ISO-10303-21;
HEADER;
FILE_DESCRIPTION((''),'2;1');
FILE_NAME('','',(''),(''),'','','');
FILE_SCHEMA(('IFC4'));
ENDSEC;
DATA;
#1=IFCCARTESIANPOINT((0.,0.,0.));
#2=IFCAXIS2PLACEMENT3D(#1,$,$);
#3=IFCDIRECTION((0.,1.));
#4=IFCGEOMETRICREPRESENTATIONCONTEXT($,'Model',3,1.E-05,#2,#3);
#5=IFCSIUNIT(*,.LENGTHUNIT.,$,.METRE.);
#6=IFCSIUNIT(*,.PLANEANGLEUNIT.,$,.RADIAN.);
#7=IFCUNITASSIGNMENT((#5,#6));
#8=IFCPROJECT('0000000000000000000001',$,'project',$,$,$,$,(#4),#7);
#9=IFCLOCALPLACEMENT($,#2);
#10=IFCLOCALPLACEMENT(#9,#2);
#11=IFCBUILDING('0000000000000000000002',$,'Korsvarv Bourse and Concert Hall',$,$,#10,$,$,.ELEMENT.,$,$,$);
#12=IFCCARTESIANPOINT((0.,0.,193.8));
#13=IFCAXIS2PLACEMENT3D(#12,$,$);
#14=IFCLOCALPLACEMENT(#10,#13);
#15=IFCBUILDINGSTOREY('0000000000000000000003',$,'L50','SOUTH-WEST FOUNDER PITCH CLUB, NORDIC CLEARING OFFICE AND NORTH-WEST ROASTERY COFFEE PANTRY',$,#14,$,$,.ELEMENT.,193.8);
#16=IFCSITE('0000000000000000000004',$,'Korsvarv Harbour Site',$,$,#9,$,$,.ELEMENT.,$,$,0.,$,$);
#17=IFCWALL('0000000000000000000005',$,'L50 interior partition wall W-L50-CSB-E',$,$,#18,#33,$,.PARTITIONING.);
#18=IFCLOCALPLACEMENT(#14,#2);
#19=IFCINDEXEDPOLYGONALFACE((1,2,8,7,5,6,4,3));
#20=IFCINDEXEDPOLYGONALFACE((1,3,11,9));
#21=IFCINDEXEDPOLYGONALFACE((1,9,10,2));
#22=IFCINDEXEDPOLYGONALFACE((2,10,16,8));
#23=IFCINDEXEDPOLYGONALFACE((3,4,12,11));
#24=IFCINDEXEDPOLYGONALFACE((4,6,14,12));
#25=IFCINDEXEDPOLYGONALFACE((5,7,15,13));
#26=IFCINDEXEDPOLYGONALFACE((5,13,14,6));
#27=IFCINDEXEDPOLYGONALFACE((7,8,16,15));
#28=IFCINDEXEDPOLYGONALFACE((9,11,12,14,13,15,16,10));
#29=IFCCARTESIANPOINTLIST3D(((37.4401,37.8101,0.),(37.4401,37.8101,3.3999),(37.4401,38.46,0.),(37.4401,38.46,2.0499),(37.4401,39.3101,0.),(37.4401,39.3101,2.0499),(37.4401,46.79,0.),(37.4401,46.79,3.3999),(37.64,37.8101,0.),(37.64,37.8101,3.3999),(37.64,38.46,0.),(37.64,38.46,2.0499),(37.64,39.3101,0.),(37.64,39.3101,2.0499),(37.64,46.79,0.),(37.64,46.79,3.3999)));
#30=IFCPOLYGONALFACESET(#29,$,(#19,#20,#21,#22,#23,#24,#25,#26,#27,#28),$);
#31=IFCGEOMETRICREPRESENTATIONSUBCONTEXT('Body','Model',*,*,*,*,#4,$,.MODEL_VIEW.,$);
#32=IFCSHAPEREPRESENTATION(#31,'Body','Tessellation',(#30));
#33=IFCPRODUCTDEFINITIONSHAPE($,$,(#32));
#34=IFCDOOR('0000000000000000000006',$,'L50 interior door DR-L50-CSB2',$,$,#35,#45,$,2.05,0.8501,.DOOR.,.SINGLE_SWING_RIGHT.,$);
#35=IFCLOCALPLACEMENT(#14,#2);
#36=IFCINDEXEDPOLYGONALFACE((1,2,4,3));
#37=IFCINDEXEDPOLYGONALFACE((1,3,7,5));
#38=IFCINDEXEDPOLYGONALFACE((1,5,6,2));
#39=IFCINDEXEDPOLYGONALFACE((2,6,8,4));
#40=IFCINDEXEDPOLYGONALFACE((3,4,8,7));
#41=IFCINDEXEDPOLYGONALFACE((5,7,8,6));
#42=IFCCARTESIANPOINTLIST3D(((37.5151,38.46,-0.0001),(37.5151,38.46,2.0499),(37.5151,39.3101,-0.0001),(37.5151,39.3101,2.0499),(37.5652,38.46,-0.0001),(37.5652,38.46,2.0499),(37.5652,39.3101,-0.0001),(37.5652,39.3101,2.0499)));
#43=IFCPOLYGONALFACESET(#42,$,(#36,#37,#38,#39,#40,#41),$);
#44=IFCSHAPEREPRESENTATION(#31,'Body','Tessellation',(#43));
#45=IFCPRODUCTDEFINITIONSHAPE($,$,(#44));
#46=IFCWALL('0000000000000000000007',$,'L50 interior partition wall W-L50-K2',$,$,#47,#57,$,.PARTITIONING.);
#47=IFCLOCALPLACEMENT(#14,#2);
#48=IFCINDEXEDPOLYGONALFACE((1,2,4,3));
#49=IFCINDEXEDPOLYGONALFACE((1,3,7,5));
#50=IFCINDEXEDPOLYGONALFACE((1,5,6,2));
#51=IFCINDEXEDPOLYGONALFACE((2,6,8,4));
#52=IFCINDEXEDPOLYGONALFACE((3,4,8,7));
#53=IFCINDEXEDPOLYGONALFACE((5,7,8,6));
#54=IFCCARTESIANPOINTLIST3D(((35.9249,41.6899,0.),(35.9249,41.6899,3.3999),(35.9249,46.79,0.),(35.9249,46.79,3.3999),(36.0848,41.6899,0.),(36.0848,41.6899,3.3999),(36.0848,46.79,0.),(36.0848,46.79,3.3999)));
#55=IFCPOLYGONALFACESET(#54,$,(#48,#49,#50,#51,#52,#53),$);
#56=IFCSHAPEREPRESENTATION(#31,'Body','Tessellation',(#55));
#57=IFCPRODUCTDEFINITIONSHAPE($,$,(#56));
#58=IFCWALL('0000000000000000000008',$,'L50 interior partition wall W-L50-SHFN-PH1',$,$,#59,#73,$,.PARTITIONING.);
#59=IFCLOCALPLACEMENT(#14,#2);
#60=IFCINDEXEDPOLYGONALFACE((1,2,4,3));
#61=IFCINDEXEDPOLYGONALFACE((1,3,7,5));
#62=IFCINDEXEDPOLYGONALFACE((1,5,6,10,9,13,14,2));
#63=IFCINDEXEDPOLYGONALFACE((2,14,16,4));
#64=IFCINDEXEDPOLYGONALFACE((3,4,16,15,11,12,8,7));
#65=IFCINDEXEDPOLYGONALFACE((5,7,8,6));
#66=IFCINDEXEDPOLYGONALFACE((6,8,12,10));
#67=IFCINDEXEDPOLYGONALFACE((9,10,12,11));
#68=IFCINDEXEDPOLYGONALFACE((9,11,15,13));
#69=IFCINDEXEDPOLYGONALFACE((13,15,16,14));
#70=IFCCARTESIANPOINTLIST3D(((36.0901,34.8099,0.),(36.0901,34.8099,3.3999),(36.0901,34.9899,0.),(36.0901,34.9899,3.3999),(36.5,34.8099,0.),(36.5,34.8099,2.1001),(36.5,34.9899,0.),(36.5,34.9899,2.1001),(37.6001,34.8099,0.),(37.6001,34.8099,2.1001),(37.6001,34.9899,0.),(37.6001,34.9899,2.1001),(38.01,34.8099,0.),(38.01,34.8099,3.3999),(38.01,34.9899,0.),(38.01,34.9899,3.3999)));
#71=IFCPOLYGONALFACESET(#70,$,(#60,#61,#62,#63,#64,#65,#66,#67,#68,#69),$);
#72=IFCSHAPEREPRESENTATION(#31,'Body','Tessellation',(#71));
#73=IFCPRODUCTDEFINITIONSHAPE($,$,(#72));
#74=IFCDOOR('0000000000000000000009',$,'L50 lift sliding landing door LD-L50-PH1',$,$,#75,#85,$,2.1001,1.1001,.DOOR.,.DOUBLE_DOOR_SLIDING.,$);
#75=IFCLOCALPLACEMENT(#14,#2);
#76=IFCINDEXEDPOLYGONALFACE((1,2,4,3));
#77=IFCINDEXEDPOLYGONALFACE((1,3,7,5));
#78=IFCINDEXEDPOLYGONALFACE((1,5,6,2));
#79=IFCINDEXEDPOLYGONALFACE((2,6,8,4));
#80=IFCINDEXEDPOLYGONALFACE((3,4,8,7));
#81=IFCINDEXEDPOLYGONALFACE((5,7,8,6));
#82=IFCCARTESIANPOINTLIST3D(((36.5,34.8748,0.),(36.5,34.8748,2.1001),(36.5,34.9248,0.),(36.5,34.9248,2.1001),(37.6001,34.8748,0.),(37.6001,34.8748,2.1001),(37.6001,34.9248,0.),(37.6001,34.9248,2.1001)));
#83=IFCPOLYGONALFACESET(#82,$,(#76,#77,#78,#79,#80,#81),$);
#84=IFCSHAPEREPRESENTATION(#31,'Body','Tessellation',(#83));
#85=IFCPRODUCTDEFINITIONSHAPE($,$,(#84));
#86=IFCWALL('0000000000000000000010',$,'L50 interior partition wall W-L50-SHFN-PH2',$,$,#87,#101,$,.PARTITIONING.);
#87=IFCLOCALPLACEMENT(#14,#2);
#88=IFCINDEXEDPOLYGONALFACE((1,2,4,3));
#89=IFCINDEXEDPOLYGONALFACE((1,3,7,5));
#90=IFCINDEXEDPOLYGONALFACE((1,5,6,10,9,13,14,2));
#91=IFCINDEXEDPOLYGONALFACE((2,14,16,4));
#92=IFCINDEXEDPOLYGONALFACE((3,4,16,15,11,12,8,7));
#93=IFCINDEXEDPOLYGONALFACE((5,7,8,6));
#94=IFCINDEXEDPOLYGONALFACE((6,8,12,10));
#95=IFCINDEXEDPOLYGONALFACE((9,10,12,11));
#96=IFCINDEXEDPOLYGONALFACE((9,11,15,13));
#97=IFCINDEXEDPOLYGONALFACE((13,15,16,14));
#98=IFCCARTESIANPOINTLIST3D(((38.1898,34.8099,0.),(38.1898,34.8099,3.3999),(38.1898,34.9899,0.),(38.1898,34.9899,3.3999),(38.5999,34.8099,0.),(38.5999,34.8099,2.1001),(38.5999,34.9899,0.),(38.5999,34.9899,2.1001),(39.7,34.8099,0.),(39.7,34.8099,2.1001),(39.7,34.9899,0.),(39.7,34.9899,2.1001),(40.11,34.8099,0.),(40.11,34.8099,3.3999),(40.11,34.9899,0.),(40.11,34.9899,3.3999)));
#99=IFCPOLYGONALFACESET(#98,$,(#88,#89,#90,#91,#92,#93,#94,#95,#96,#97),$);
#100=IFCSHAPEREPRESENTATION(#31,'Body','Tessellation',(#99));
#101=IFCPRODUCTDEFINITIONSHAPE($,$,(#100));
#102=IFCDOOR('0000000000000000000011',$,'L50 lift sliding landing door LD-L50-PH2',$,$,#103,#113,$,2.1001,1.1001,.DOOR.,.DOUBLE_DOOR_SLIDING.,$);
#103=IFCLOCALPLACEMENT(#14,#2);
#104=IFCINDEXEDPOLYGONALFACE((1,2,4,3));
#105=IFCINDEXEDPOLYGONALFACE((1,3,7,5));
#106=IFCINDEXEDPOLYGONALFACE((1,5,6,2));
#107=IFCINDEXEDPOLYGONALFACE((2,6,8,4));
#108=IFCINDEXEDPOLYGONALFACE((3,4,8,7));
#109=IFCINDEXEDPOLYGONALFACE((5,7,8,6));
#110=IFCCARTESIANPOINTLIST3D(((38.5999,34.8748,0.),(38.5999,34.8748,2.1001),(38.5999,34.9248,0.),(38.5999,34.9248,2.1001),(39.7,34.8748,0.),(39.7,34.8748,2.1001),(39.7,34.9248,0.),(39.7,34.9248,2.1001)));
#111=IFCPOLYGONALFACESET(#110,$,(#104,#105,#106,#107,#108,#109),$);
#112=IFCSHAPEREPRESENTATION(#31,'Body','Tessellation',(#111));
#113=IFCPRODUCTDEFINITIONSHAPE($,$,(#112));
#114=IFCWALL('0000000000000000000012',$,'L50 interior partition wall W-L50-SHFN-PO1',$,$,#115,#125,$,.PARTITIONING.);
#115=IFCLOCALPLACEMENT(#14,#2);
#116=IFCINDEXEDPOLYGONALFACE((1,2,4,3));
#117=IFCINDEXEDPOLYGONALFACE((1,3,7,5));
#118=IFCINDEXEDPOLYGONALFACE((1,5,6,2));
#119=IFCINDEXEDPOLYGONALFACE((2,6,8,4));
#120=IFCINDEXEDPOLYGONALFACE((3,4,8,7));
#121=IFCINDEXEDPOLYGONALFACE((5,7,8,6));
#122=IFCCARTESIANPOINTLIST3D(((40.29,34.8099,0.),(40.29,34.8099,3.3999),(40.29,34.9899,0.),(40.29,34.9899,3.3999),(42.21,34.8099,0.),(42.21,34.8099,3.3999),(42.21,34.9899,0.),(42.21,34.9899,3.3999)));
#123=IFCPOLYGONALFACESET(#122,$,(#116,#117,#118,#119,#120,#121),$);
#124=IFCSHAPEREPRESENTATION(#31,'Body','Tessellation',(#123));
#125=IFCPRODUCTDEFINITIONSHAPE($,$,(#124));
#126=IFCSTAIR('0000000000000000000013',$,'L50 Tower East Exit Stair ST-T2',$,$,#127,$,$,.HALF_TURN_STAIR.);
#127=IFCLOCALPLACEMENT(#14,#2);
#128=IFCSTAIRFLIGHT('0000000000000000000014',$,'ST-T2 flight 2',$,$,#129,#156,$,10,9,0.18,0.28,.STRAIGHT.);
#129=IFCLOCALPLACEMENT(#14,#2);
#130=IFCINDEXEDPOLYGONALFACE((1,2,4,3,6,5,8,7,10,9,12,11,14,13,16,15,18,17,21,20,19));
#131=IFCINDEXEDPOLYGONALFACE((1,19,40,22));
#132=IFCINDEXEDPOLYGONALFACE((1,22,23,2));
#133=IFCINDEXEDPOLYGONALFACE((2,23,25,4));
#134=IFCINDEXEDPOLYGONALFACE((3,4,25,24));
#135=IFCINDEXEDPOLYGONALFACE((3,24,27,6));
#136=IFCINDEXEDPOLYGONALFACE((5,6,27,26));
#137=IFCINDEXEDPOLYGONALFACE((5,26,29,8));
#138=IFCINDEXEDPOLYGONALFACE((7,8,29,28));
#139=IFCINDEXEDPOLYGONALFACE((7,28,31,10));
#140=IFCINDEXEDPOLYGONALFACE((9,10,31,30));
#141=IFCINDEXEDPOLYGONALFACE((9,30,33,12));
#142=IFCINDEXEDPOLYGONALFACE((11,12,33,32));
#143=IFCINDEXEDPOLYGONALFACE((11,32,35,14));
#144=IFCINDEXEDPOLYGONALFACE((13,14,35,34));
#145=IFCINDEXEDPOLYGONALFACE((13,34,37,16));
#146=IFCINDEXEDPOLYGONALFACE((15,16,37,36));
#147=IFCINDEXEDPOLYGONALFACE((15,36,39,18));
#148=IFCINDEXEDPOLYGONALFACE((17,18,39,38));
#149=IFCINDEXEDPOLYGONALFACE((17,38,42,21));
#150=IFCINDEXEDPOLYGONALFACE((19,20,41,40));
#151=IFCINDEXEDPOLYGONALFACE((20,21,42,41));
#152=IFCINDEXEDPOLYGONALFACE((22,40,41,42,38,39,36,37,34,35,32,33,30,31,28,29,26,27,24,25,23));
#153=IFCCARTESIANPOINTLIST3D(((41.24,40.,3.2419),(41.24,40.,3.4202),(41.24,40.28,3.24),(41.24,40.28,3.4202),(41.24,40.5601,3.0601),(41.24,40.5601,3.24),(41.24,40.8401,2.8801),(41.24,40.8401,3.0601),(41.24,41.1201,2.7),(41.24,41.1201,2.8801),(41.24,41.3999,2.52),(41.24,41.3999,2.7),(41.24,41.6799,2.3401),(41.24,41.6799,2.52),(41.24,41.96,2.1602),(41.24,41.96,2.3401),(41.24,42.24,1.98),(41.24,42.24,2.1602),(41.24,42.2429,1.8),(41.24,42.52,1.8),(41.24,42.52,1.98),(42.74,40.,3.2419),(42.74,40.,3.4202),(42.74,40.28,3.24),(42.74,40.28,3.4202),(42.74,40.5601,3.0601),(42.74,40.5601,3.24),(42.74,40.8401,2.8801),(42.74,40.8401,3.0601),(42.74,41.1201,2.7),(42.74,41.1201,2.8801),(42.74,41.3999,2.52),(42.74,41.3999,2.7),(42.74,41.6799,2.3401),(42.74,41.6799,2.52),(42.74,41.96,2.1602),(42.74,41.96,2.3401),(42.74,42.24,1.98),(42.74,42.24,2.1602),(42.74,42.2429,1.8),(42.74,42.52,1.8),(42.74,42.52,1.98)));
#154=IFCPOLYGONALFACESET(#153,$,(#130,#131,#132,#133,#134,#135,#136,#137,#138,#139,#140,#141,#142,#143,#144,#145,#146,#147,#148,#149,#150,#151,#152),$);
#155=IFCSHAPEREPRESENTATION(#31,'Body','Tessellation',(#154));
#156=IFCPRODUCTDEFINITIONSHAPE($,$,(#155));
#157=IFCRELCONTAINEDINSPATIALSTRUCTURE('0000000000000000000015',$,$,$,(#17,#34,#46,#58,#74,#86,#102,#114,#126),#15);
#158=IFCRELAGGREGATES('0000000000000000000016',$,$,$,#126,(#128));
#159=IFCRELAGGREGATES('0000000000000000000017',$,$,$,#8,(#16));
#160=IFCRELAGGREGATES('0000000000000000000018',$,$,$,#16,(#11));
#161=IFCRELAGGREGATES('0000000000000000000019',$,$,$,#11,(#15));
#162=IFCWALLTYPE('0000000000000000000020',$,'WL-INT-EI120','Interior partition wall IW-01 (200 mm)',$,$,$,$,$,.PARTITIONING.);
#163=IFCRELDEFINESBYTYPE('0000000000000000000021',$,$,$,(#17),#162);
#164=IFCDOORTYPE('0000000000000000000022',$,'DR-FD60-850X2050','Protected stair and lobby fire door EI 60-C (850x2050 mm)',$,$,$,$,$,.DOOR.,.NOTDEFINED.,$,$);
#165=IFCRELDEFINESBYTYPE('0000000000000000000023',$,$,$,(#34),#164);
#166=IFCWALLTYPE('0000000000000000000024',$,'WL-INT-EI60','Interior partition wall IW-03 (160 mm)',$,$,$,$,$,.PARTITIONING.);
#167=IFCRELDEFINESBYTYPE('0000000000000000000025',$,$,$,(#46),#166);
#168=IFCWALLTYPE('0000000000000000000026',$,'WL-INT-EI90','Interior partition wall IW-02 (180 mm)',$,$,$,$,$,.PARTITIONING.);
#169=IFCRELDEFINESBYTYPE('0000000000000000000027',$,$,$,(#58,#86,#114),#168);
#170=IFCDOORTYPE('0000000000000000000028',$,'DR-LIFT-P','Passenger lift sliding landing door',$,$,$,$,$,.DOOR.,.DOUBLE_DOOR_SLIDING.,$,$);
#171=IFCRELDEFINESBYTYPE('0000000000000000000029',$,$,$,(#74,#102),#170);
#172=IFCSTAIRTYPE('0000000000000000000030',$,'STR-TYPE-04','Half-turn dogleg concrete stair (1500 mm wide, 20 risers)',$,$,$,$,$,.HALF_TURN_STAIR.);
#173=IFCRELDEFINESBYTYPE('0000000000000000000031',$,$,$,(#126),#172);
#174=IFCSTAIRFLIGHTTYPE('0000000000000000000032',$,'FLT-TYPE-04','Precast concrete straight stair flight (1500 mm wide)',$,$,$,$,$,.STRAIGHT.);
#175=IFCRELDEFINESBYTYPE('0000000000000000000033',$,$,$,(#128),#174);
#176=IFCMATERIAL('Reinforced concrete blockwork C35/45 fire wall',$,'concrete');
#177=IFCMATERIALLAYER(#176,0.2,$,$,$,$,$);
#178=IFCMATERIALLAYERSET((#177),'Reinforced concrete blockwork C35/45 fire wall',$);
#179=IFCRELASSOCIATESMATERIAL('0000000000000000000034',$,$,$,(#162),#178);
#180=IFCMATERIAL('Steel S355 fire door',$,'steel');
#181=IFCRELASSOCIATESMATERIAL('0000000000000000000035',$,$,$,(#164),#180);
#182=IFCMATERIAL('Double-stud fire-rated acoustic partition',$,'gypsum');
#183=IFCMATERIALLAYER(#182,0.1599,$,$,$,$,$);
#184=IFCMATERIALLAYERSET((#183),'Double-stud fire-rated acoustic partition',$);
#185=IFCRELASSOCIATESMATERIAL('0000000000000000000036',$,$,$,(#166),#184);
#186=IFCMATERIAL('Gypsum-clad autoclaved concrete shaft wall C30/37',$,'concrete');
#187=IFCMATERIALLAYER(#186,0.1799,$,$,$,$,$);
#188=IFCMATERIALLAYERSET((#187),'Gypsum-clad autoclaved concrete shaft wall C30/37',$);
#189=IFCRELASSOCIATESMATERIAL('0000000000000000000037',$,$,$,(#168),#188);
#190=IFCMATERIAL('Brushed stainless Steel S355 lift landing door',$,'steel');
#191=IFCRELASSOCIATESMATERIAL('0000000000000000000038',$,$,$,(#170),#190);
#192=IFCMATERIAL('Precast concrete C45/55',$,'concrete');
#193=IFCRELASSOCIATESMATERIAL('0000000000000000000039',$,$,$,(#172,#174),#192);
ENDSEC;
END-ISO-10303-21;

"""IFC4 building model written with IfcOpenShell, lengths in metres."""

from ifc_helpers import new_model, si_unit, direction, frame, frame_2d, origin, place, context, subcontext, project, spatial, polyline, rectangle, outline, extrude, material, layer, layer_set, type_object, element, fill, aggregate, save


model = new_model("IFC4")

# Units and contexts
model_context = context("Model", 3, precision=1e-05, world=origin(), true_north=direction((0.0, 1.0)))
body_context = subcontext(model_context, "Body", "Model", "MODEL_VIEW")
ifc_project = project(units=[si_unit("LENGTHUNIT", "METRE"), si_unit("PLANEANGLEUNIT", "RADIAN")], contexts=[model_context])

# Site, building, storey
site_placement = place(None, origin())
site = spatial("IfcSite", under=ifc_project, at=site_placement, Name="Korsvarv Harbour Site", CompositionType="ELEMENT", RefElevation=0.0)
building_placement = place(site_placement, origin())
building = spatial("IfcBuilding", under=site, at=building_placement, Name="Korsvarv Bourse and Concert Hall", CompositionType="ELEMENT")
storey_placement = place(building_placement, frame((0.0, 0.0, 193.8)))
storey = spatial("IfcBuildingStorey", under=building, at=storey_placement, Name="L50", Description="SOUTH-WEST FOUNDER PITCH CLUB, NORDIC CLEARING OFFICE AND NORTH-WEST ROASTERY COFFEE PANTRY", CompositionType="ELEMENT", Elevation=193.8)

# Shared definitions
ifc_material_1 = material(Name="Steel S355 fire door", Category="steel")

# Wall, opening, door
ifc_material_2 = material(Name="Reinforced concrete blockwork C35/45 fire wall", Category="concrete")
ifc_layer_1 = layer(ifc_material_2, 0.2)
ifc_layer_set_1 = layer_set([ifc_layer_1], Name="Reinforced concrete blockwork C35/45 fire wall")
wall_type_1 = type_object("IfcWallType", Name="WL-INT-EI120", Description="Interior partition wall IW-01 (200 mm)", PredefinedType="PARTITIONING", material=ifc_layer_set_1)
wall_1_placement = place(storey_placement, frame((37.54, 37.8101, 0.0), z_axis=(0.0, 0.0, 1.0), x_axis=(0.0, 1.0, 0.0)))
wall_1 = element("IfcWall", 1, at=wall_1_placement, inside=storey, type_object=wall_type_1, Name="L50 interior partition wall W-L50-CSB-E", PredefinedType="PARTITIONING", context=body_context, shape_type="SweptSolid", body=[
    extrude(rectangle(XDim=8.98, YDim=0.2, at=frame_2d((4.49, 0.0))), origin(), (0.0, 0.0, 1.0), 3.3999),
])
opening_1_placement = place(wall_1_placement, frame((0.6499, 0.0, 0.0)))
opening_1 = element("IfcOpeningElement", 2, at=opening_1_placement, cuts=wall_1, PredefinedType="OPENING", context=body_context, shape_type="SweptSolid", body=[
    extrude(rectangle(XDim=0.8501, YDim=2.05, at=frame_2d((0.425, 1.0249))), frame((0.0, 0.1099, 0.0), z_axis=(0.0, -1.0, 0.0), x_axis=(1.0, 0.0, 0.0)), (0.0, 0.0, 1.0), 0.22),
])
door_type_1 = type_object("IfcDoorType", Name="DR-FD60-850X2050", Description="Protected stair and lobby fire door EI 60-C (850x2050 mm)", OperationType="NOTDEFINED", PredefinedType="DOOR", material=ifc_material_1)
door_1_placement = place(opening_1_placement, origin())
door_1 = element("IfcDoor", 3, at=door_1_placement, inside=storey, type_object=door_type_1, Name="L50 interior door DR-L50-CSB2", OperationType="SINGLE_SWING_RIGHT", OverallHeight=2.05, OverallWidth=0.8501, PredefinedType="DOOR", context=body_context, shape_type="SweptSolid", body=[
    extrude(rectangle(XDim=0.8501, YDim=2.05, at=frame_2d((0.425, 1.0249))), frame((0.0, 0.0249, 0.0), z_axis=(0.0, -1.0, 0.0), x_axis=(1.0, 0.0, 0.0)), (0.0, 0.0, 1.0), 0.05),
])
fill(opening_1, door_1)

# Wall
ifc_material_3 = material(Name="Double-stud fire-rated acoustic partition", Category="gypsum")
ifc_layer_2 = layer(ifc_material_3, 0.1599)
ifc_layer_set_2 = layer_set([ifc_layer_2], Name="Double-stud fire-rated acoustic partition")
wall_type_2 = type_object("IfcWallType", Name="WL-INT-EI60", Description="Interior partition wall IW-03 (160 mm)", PredefinedType="PARTITIONING", material=ifc_layer_set_2)
wall_2_placement = place(storey_placement, frame((36.0049, 41.6899, 0.0), z_axis=(0.0, 0.0, 1.0), x_axis=(0.0, 1.0, 0.0)))
element("IfcWall", 4, at=wall_2_placement, inside=storey, type_object=wall_type_2, Name="L50 interior partition wall W-L50-K2", PredefinedType="PARTITIONING", context=body_context, shape_type="SweptSolid", body=[
    extrude(rectangle(XDim=5.1001, YDim=0.1599, at=frame_2d((2.55, 0.0))), origin(), (0.0, 0.0, 1.0), 3.3999),
])

# Walls, openings, doors
ifc_material_4 = material(Name="Gypsum-clad autoclaved concrete shaft wall C30/37", Category="concrete")
ifc_layer_3 = layer(ifc_material_4, 0.1799)
ifc_layer_set_3 = layer_set([ifc_layer_3], Name="Gypsum-clad autoclaved concrete shaft wall C30/37")
wall_type_3 = type_object("IfcWallType", Name="WL-INT-EI90", Description="Interior partition wall IW-02 (180 mm)", PredefinedType="PARTITIONING", material=ifc_layer_set_3)
wall_3_placement = place(storey_placement, frame((36.0901, 34.8999, 0.0), z_axis=(0.0, 0.0, 1.0), x_axis=(1.0, 0.0, 0.0)))
wall_3 = element("IfcWall", 5, at=wall_3_placement, inside=storey, type_object=wall_type_3, Name="L50 interior partition wall W-L50-SHFN-PH1", PredefinedType="PARTITIONING", context=body_context, shape_type="SweptSolid", body=[
    extrude(rectangle(XDim=1.9199, YDim=0.1799, at=frame_2d((0.96, 0.0))), origin(), (0.0, 0.0, 1.0), 3.3999),
])
opening_2_placement = place(wall_3_placement, frame((0.4099, 0.0, 0.0)))
opening_2 = element("IfcOpeningElement", 6, at=opening_2_placement, cuts=wall_3, PredefinedType="OPENING", context=body_context, shape_type="SweptSolid", body=[
    extrude(rectangle(XDim=1.1001, YDim=2.1001, at=frame_2d((0.55, 1.05))), frame((0.0, 0.1001, 0.0), z_axis=(0.0, -1.0, 0.0), x_axis=(1.0, 0.0, 0.0)), (0.0, 0.0, 1.0), 0.2),
])
ifc_material_5 = material(Name="Brushed stainless Steel S355 lift landing door", Category="steel")
door_type_2 = type_object("IfcDoorType", Name="DR-LIFT-P", Description="Passenger lift sliding landing door", OperationType="DOUBLE_DOOR_SLIDING", PredefinedType="DOOR", material=ifc_material_5)
door_2_placement = place(opening_2_placement, origin())
door_2 = element("IfcDoor", 7, at=door_2_placement, inside=storey, type_object=door_type_2, Name="L50 lift sliding landing door LD-L50-PH1", OperationType="DOUBLE_DOOR_SLIDING", OverallHeight=2.1001, OverallWidth=1.1001, PredefinedType="DOOR", context=body_context, shape_type="SweptSolid", body=[
    extrude(rectangle(XDim=1.1001, YDim=2.1001, at=frame_2d((0.55, 1.05))), frame((0.0, 0.0249, 0.0), z_axis=(0.0, -1.0, 0.0), x_axis=(1.0, 0.0, 0.0)), (0.0, 0.0, 1.0), 0.05),
])
fill(opening_2, door_2)
wall_4_placement = place(storey_placement, frame((38.1899, 34.8999, 0.0), z_axis=(0.0, 0.0, 1.0), x_axis=(1.0, 0.0, 0.0)))
wall_4 = element("IfcWall", 8, at=wall_4_placement, inside=storey, type_object=wall_type_3, Name="L50 interior partition wall W-L50-SHFN-PH2", PredefinedType="PARTITIONING", context=body_context, shape_type="SweptSolid", body=[
    extrude(rectangle(XDim=1.9202, YDim=0.1799, at=frame_2d((0.96, 0.0))), origin(), (0.0, 0.0, 1.0), 3.3999),
])
opening_3_placement = place(wall_4_placement, frame((0.4099, 0.0, 0.0)))
opening_3 = element("IfcOpeningElement", 9, at=opening_3_placement, cuts=wall_4, PredefinedType="OPENING", context=body_context, shape_type="SweptSolid", body=[
    extrude(rectangle(XDim=1.1001, YDim=2.1001, at=frame_2d((0.55, 1.05))), frame((0.0, 0.1001, 0.0), z_axis=(0.0, -1.0, 0.0), x_axis=(1.0, 0.0, 0.0)), (0.0, 0.0, 1.0), 0.2),
])
door_3_placement = place(opening_3_placement, origin())
door_3 = element("IfcDoor", 10, at=door_3_placement, inside=storey, type_object=door_type_2, Name="L50 lift sliding landing door LD-L50-PH2", OperationType="DOUBLE_DOOR_SLIDING", OverallHeight=2.1001, OverallWidth=1.1001, PredefinedType="DOOR", context=body_context, shape_type="SweptSolid", body=[
    extrude(rectangle(XDim=1.1001, YDim=2.1001, at=frame_2d((0.55, 1.05))), frame((0.0, 0.0249, 0.0), z_axis=(0.0, -1.0, 0.0), x_axis=(1.0, 0.0, 0.0)), (0.0, 0.0, 1.0), 0.05),
])
fill(opening_3, door_3)

# Wall
wall_5_placement = place(storey_placement, frame((40.29, 34.8999, 0.0), z_axis=(0.0, 0.0, 1.0), x_axis=(1.0, 0.0, 0.0)))
element("IfcWall", 11, at=wall_5_placement, inside=storey, type_object=wall_type_3, Name="L50 interior partition wall W-L50-SHFN-PO1", PredefinedType="PARTITIONING", context=body_context, shape_type="SweptSolid", body=[
    extrude(rectangle(XDim=1.9199, YDim=0.1799, at=frame_2d((0.96, 0.0))), origin(), (0.0, 0.0, 1.0), 3.3999),
])

# Stair, stair flight
ifc_material_6 = material(Name="Precast concrete C45/55", Category="concrete")
stair_type = type_object("IfcStairType", Name="STR-TYPE-04", Description="Half-turn dogleg concrete stair (1500 mm wide, 20 risers)", PredefinedType="HALF_TURN_STAIR", material=ifc_material_6)
stair_placement = place(storey_placement, origin())
stair = element("IfcStair", 12, at=stair_placement, inside=storey, type_object=stair_type, Name="L50 Tower East Exit Stair ST-T2", PredefinedType="HALF_TURN_STAIR")
stair_flight_type = type_object("IfcStairFlightType", Name="FLT-TYPE-04", Description="Precast concrete straight stair flight (1500 mm wide)", PredefinedType="STRAIGHT", material=ifc_material_6)
stair_flight_placement = place(storey_placement, frame((41.99, 42.52, 1.8), z_axis=(0.0, 0.0, 1.0), x_axis=(0.0, -1.0, 0.0)))
stair_flight = element("IfcStairFlight", 13, at=stair_flight_placement, type_object=stair_flight_type, Name="ST-T2 flight 2", NumberOfRisers=10, NumberOfTreads=9, PredefinedType="STRAIGHT", RiserHeight=0.18, TreadLength=0.28, context=body_context, shape_type="SweptSolid", body=[
    extrude(outline(polyline([(0.0, 0.0), (0.0, 0.1799), (0.28, 0.1799), (0.28, 0.3601), (0.5601, 0.3601), (0.5601, 0.54), (0.8401, 0.54), (0.8401, 0.72), (1.1201, 0.72), (1.1201, 0.8999), (1.3999, 0.8999), (1.3999, 1.0801), (1.6799, 1.0801), (1.6799, 1.26), (1.96, 1.26), (1.96, 1.4399), (2.24, 1.4399), (2.24, 1.6201), (2.52, 1.6201), (2.52, 1.8), (2.52, 1.4419), (0.2771, 0.0), (0.0, 0.0)])), frame((0.0, 0.75, 0.0), z_axis=(0.0, -1.0, 0.0), x_axis=(1.0, 0.0, 0.0)), (0.0, 0.0, 1.0), 1.5),
])
aggregate(stair, [stair_flight])

save(model, "model.ifc")
